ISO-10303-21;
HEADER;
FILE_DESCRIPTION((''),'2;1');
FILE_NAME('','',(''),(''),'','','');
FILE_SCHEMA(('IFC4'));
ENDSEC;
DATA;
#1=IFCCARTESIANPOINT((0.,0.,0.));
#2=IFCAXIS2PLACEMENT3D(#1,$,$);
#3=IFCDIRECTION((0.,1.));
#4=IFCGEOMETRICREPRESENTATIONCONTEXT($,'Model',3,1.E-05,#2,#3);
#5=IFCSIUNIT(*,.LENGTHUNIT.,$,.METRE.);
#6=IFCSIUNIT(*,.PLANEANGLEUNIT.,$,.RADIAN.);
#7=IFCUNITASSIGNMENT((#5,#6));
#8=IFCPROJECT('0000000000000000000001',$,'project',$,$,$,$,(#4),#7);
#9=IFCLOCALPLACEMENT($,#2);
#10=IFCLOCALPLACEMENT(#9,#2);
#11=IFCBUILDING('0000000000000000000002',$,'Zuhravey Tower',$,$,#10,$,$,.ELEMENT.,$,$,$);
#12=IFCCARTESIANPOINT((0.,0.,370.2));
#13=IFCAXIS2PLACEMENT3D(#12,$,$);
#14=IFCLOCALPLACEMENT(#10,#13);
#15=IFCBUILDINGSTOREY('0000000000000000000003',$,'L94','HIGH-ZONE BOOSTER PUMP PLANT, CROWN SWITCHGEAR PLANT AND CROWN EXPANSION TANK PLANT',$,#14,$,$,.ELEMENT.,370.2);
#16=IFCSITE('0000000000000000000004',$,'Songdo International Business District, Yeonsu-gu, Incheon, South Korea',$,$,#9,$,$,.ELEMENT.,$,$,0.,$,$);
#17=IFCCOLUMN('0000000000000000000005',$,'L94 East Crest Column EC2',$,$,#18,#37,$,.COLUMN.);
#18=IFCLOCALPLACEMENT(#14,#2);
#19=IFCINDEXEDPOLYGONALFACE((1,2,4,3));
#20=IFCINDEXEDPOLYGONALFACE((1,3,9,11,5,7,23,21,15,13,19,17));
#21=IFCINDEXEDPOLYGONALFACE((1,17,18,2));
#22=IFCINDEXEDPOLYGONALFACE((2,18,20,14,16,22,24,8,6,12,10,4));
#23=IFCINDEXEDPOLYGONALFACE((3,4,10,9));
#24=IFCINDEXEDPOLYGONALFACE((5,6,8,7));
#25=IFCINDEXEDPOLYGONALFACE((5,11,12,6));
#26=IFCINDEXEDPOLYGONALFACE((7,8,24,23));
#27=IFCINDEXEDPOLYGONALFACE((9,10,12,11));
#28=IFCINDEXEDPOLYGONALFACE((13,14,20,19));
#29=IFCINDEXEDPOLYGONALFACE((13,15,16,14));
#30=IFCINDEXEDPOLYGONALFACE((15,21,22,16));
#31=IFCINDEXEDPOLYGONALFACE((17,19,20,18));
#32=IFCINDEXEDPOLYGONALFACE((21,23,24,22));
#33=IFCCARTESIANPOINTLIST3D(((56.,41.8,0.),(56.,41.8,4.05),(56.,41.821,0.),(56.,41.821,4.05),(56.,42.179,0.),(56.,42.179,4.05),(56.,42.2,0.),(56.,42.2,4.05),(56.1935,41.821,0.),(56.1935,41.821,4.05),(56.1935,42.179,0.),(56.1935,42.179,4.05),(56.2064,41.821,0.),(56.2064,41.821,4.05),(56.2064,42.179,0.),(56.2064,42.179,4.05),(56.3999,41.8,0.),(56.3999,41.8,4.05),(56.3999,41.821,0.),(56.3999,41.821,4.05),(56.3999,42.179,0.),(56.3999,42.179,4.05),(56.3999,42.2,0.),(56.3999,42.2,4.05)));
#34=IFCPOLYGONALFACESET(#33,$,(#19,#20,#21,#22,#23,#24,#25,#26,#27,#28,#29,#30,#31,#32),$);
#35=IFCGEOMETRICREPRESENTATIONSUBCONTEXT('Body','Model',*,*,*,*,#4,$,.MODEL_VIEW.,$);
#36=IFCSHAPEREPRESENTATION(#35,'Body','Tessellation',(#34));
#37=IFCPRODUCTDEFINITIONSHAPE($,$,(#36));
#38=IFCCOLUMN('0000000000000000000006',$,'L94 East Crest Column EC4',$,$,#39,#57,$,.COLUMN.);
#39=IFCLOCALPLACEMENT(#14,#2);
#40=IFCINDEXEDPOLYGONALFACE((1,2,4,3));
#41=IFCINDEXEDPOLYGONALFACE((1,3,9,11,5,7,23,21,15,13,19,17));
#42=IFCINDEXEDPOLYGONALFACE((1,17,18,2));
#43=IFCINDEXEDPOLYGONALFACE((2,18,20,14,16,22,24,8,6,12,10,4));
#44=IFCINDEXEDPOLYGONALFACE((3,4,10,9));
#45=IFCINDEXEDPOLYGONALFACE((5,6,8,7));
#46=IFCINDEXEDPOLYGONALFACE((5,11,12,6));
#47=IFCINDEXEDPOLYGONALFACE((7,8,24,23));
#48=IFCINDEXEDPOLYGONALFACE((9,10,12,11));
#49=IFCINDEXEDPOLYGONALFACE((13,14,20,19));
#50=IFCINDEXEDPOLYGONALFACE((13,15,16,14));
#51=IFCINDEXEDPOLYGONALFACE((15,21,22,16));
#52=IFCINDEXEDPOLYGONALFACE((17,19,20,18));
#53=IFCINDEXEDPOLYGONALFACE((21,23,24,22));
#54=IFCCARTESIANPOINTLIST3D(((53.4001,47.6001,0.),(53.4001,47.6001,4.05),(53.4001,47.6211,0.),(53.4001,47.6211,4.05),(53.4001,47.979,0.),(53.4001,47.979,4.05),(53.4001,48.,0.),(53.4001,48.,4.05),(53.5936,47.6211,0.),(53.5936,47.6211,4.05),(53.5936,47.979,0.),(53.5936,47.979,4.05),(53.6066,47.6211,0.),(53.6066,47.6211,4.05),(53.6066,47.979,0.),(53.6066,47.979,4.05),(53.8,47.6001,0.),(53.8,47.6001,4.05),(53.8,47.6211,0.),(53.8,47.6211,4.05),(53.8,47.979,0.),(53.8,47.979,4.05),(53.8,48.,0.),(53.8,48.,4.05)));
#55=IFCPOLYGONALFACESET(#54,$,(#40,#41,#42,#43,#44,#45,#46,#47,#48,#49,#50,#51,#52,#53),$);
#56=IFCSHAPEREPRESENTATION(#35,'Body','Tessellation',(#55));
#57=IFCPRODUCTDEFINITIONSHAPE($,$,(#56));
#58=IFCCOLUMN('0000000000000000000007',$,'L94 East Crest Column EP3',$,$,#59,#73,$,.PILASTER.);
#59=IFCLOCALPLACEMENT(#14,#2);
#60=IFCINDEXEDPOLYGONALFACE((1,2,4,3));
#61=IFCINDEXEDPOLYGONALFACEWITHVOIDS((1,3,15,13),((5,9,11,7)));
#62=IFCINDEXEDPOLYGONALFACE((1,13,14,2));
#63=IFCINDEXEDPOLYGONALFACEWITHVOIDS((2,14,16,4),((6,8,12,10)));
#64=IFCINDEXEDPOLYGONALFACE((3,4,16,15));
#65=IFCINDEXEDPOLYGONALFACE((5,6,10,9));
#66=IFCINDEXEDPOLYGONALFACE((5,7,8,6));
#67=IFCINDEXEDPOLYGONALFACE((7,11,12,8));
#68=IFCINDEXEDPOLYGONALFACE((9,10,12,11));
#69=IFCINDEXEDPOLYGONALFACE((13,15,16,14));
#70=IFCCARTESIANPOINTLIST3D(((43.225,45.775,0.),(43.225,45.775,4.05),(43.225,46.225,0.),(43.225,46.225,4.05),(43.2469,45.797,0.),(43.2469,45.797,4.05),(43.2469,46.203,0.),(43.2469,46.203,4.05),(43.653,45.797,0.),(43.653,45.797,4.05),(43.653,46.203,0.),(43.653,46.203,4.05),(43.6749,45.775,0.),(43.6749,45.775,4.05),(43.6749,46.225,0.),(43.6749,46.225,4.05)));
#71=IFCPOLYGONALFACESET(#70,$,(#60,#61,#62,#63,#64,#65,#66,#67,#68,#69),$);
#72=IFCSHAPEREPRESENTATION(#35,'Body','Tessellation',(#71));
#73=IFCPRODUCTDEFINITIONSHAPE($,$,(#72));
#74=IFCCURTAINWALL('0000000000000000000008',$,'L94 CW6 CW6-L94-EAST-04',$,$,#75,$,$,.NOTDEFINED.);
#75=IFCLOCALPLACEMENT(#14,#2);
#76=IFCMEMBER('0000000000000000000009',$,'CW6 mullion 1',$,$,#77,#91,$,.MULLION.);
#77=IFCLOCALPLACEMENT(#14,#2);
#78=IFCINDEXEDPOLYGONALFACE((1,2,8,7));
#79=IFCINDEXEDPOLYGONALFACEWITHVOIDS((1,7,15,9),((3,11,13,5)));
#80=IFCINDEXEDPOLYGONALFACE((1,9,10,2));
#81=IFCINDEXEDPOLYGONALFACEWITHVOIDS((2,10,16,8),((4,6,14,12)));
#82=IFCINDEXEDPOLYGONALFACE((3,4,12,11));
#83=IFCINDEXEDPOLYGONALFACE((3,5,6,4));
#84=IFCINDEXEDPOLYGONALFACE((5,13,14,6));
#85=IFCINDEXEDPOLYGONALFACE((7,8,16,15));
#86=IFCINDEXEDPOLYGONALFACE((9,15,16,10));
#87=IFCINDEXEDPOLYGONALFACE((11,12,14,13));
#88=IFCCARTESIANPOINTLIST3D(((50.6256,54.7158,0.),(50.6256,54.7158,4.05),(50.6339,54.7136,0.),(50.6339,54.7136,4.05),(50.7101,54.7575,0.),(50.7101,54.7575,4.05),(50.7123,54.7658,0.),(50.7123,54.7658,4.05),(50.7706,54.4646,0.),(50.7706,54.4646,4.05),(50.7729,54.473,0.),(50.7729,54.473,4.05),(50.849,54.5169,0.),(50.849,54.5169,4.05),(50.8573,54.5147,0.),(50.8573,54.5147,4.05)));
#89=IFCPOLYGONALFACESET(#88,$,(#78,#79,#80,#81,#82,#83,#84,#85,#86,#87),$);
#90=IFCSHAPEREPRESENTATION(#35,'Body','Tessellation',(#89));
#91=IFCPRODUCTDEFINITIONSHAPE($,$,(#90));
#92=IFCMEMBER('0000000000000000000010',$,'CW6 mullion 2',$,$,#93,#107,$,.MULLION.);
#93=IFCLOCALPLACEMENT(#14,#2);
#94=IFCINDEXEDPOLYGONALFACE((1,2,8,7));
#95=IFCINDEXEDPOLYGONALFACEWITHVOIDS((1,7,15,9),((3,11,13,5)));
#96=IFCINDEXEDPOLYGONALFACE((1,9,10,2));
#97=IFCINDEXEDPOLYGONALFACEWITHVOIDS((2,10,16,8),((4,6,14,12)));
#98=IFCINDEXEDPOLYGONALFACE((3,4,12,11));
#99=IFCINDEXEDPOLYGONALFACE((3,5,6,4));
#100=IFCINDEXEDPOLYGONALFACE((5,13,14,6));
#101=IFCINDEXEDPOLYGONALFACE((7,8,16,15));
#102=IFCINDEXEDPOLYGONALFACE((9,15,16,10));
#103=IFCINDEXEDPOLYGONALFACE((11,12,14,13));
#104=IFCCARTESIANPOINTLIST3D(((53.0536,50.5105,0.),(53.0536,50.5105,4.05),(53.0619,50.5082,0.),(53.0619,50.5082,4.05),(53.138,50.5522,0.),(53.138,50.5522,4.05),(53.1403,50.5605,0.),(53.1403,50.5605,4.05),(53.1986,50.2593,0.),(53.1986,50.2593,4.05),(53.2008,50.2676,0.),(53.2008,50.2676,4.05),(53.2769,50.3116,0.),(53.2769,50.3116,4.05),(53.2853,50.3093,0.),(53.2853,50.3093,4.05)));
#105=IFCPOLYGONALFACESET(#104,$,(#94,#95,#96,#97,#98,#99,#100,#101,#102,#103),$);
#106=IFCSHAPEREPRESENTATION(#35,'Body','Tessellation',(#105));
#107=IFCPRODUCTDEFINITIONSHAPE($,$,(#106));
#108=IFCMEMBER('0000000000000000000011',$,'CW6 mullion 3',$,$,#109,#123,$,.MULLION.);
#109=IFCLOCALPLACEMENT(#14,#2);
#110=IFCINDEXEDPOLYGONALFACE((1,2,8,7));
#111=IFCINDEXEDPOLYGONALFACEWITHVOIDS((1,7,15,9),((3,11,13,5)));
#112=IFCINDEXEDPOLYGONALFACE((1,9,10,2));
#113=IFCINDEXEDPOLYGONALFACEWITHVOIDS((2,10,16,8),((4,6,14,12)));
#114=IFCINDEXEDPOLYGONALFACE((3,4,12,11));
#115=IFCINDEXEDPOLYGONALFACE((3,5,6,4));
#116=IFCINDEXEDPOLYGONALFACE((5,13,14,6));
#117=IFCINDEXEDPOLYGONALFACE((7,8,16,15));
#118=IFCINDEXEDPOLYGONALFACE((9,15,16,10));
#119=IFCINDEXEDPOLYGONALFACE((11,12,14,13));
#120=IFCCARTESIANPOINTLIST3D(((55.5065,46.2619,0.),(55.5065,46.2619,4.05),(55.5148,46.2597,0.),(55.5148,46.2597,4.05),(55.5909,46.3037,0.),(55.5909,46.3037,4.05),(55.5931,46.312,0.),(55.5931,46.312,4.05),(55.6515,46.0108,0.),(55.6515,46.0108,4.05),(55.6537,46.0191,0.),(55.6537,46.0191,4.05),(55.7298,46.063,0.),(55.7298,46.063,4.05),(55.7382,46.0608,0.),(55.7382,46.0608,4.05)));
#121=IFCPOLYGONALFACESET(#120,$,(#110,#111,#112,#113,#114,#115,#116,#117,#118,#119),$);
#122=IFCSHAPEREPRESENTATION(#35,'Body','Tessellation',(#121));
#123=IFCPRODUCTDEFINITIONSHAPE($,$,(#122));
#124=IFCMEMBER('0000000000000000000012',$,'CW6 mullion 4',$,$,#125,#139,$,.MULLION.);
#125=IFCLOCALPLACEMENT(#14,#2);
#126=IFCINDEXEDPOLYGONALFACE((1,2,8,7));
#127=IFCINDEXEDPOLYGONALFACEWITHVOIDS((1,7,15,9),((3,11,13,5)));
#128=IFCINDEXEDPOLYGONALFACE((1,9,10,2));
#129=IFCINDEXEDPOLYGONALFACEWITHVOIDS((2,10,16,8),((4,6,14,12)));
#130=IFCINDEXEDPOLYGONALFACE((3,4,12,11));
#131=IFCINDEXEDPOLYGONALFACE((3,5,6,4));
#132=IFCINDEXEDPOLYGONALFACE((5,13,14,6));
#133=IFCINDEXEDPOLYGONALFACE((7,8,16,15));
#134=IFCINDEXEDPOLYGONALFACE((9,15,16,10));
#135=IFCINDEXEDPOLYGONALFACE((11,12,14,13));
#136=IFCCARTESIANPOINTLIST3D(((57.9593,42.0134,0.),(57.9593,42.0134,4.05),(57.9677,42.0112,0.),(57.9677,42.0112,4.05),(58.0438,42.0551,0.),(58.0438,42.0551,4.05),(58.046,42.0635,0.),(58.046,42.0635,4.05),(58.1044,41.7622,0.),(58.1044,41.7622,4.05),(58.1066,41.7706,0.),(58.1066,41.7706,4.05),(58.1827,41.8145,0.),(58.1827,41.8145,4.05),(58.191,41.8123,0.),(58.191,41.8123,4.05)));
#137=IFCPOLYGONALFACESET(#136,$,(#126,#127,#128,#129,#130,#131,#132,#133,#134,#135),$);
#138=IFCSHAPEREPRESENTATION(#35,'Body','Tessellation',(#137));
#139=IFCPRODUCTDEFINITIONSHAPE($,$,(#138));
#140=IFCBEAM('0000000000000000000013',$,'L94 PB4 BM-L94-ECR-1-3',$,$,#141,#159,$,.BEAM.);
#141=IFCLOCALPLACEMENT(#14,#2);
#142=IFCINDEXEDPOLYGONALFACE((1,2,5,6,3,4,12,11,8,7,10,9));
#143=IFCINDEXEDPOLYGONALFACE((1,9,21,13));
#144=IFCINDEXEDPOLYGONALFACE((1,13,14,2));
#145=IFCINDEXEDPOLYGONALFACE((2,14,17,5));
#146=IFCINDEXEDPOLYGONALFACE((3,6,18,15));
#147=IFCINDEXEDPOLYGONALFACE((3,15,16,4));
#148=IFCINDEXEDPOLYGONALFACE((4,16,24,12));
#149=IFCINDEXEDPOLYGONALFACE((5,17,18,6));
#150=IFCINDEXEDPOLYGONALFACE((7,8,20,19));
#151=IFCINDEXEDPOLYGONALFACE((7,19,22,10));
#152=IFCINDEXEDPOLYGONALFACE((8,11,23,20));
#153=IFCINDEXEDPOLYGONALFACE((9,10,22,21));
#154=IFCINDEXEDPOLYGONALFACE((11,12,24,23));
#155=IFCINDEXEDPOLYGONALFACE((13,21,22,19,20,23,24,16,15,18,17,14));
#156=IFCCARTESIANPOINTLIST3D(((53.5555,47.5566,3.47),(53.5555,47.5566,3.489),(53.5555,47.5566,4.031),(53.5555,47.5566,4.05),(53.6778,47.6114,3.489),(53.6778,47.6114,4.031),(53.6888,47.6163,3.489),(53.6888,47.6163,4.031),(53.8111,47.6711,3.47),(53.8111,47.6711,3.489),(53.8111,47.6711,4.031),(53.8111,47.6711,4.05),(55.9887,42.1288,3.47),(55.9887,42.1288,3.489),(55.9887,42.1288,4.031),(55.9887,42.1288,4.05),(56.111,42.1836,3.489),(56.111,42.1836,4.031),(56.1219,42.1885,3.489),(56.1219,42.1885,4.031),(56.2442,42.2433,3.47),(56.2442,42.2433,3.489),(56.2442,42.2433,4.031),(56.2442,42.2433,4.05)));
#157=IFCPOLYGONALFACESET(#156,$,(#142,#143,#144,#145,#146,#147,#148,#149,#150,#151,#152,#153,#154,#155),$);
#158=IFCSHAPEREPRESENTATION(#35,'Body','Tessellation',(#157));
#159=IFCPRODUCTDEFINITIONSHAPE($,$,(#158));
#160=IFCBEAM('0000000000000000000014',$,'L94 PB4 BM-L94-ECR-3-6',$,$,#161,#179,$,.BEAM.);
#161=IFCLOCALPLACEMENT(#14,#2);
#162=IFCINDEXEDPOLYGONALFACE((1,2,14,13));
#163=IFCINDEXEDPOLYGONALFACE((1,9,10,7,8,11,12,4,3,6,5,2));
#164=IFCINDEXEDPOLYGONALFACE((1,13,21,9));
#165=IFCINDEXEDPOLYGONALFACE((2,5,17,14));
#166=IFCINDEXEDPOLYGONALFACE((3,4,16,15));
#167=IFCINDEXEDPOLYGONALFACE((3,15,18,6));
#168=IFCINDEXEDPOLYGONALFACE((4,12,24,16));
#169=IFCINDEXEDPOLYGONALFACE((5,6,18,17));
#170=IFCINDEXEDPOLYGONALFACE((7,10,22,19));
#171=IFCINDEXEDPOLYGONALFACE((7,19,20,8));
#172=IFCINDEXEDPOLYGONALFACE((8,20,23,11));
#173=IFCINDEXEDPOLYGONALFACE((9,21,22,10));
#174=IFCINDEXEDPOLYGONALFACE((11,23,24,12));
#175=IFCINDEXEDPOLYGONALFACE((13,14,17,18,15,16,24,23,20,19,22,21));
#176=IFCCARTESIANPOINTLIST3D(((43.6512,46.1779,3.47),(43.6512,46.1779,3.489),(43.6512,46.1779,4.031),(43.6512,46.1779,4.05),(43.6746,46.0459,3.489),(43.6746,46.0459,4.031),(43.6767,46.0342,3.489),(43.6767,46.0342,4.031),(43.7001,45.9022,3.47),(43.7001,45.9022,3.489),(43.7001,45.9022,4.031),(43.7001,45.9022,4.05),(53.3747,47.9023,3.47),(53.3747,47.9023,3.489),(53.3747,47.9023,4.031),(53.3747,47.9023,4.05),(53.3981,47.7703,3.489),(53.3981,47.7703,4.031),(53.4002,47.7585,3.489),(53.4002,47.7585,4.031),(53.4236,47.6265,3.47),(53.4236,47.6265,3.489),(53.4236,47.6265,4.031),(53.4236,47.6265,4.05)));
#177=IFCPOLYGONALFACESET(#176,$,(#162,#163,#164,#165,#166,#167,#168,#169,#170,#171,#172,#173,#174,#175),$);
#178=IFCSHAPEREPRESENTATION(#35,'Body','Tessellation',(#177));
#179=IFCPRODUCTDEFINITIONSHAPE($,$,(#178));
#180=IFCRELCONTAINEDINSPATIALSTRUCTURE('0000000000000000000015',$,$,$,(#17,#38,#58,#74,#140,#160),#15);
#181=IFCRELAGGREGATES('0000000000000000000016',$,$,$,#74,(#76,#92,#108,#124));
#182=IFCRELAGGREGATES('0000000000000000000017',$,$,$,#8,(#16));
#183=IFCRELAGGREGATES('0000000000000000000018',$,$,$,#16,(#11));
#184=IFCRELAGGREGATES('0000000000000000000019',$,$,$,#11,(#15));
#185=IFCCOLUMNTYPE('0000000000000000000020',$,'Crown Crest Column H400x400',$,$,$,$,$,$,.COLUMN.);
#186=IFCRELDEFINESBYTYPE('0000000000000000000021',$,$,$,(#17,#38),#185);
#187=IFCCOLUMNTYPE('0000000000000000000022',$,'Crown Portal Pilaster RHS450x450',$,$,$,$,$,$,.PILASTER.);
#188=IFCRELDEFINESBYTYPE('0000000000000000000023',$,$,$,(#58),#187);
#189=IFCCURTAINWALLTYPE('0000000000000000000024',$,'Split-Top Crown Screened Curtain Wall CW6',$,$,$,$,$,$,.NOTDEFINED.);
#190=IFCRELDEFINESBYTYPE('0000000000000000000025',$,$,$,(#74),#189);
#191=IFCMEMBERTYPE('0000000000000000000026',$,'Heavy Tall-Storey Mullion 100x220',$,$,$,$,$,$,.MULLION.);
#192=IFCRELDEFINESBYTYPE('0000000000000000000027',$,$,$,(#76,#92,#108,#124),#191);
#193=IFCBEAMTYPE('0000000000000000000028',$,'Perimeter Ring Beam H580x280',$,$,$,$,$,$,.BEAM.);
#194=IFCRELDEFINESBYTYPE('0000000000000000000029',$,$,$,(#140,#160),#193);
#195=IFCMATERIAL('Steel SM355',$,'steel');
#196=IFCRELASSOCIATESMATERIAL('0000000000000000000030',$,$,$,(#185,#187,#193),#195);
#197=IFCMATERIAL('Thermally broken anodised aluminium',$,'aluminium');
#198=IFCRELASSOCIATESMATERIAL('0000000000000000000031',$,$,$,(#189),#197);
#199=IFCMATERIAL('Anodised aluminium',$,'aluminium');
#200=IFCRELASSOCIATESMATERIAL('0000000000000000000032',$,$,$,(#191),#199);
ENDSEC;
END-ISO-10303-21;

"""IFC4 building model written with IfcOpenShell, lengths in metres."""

from ifc_helpers import new_model, si_unit, direction, frame, origin, origin_2d, place, context, subcontext, project, spatial, hollow_rectangle, i_section, extrude, material, material_profile, profile_set, type_object, element, aggregate, save


model = new_model("IFC4")

# Units and contexts
model_context = context("Model", 3, precision=1e-05, world=origin(), true_north=direction((0.0, 1.0)))
body_context = subcontext(model_context, "Body", "Model", "MODEL_VIEW")
ifc_project = project(units=[si_unit("LENGTHUNIT", "METRE"), si_unit("PLANEANGLEUNIT", "RADIAN")], contexts=[model_context])

# Site, building, storey
site_placement = place(None, origin())
site = spatial("IfcSite", under=ifc_project, at=site_placement, Name="Songdo International Business District, Yeonsu-gu, Incheon, South Korea", CompositionType="ELEMENT", RefElevation=0.0)
building_placement = place(site_placement, origin())
building = spatial("IfcBuilding", under=site, at=building_placement, Name="Zuhravey Tower", CompositionType="ELEMENT")
storey_placement = place(building_placement, frame((0.0, 0.0, 370.2)))
storey = spatial("IfcBuildingStorey", under=building, at=storey_placement, Name="L94", Description="HIGH-ZONE BOOSTER PUMP PLANT, CROWN SWITCHGEAR PLANT AND CROWN EXPANSION TANK PLANT", CompositionType="ELEMENT", Elevation=370.2)

# Columns
ifc_material_1 = material(Name="Steel SM355", Category="steel")
ifc_material_profile_1 = material_profile(ifc_material_1, i_section(OverallWidth=0.3999, OverallDepth=0.3999, WebThickness=0.0129, FlangeThickness=0.021, at=origin_2d()), Name="H-400x400x13x21")
ifc_profile_set_1 = profile_set([ifc_material_profile_1], Name="Steel SM355")
column_type_1 = type_object("IfcColumnType", Name="Crown Crest Column H400x400", PredefinedType="COLUMN", material=ifc_profile_set_1)
for number, where, z_axis, x_axis, name in (
    (1, (56.2, 42.0, 0.0), (0.0, 0.0, 1.0), (1.0, 0.0, 0.0), "L94 East Crest Column EC2"),
    (2, (53.6001, 47.8, 0.0), (0.0, 0.0, 1.0), (1.0, 0.0, 0.0), "L94 East Crest Column EC4"),
):
    element("IfcColumn", number, at=place(storey_placement, frame(where, z_axis=z_axis, x_axis=x_axis)), inside=storey, type_object=column_type_1, Name=name, PredefinedType="COLUMN", context=body_context, shape_type="SweptSolid", body=[
        extrude(i_section(OverallWidth=0.3999, OverallDepth=0.3999, WebThickness=0.0129, FlangeThickness=0.021, at=origin_2d()), origin(), (0.0, 0.0, 1.0), 4.05),
    ])
ifc_material_profile_2 = material_profile(ifc_material_1, hollow_rectangle(XDim=0.45, YDim=0.45, WallThickness=0.022, at=origin_2d()), Name="RHS-450x450x22")
ifc_profile_set_2 = profile_set([ifc_material_profile_2], Name="Steel SM355")
column_type_2 = type_object("IfcColumnType", Name="Crown Portal Pilaster RHS450x450", PredefinedType="PILASTER", material=ifc_profile_set_2)
column_placement = place(storey_placement, frame((43.45, 46.0, 0.0), z_axis=(0.0, 0.0, 1.0), x_axis=(1.0, 0.0, 0.0)))
element("IfcColumn", 3, at=column_placement, inside=storey, type_object=column_type_2, Name="L94 East Crest Column EP3", PredefinedType="PILASTER", context=body_context, shape_type="SweptSolid", body=[
    extrude(hollow_rectangle(XDim=0.45, YDim=0.45, WallThickness=0.022, at=origin_2d()), origin(), (0.0, 0.0, 1.0), 4.05),
])

# Curtain wall, members
ifc_material_2 = material(Name="Thermally broken anodised aluminium", Category="aluminium")
curtain_wall_type = type_object("IfcCurtainWallType", Name="Split-Top Crown Screened Curtain Wall CW6", PredefinedType="NOTDEFINED", material=ifc_material_2)
curtain_wall_placement = place(storey_placement, origin())
curtain_wall = element("IfcCurtainWall", 4, at=curtain_wall_placement, inside=storey, type_object=curtain_wall_type, Name="L94 CW6 CW6-L94-EAST-04", PredefinedType="NOTDEFINED")
ifc_material_3 = material(Name="Anodised aluminium", Category="aluminium")
ifc_material_profile_3 = material_profile(ifc_material_3, hollow_rectangle(XDim=0.1001, YDim=0.29, WallThickness=0.0061, at=origin_2d()), Name="ALU-RHS-100x290x6")
ifc_profile_set_3 = profile_set([ifc_material_profile_3], Name="Anodised aluminium")
member_type_1 = type_object("IfcMemberType", Name="Heavy Tall-Storey Mullion 100x220", PredefinedType="MULLION", material=ifc_profile_set_3)
member_1_placement = place(storey_placement, frame((50.7415, 54.6152, 0.0), z_axis=(0.0, 0.0, 1.0), x_axis=(0.866027, 0.499997, 0.0)))
member_1 = element("IfcMember", 5, at=member_1_placement, type_object=member_type_1, Name="CW6 mullion 1", PredefinedType="MULLION", context=body_context, shape_type="SweptSolid", body=[
    extrude(hollow_rectangle(XDim=0.1001, YDim=0.29, WallThickness=0.0061, at=origin_2d()), origin(), (0.0, 0.0, 1.0), 4.05),
])
member_2_placement = place(storey_placement, frame((53.1694, 50.4099, 0.0), z_axis=(0.0, 0.0, 1.0), x_axis=(0.866027, 0.499997, 0.0)))
member_2 = element("IfcMember", 6, at=member_2_placement, type_object=member_type_1, Name="CW6 mullion 2", PredefinedType="MULLION", context=body_context, shape_type="SweptSolid", body=[
    extrude(hollow_rectangle(XDim=0.1001, YDim=0.29, WallThickness=0.0061, at=origin_2d()), origin(), (0.0, 0.0, 1.0), 4.05),
])
member_3_placement = place(storey_placement, frame((55.6223, 46.1614, 0.0), z_axis=(0.0, 0.0, 1.0), x_axis=(0.866027, 0.499997, 0.0)))
member_3 = element("IfcMember", 7, at=member_3_placement, type_object=member_type_1, Name="CW6 mullion 3", PredefinedType="MULLION", context=body_context, shape_type="SweptSolid", body=[
    extrude(hollow_rectangle(XDim=0.1001, YDim=0.29, WallThickness=0.0061, at=origin_2d()), origin(), (0.0, 0.0, 1.0), 4.05),
])
member_4_placement = place(storey_placement, frame((58.0752, 41.9128, 0.0), z_axis=(0.0, 0.0, 1.0), x_axis=(0.866027, 0.499997, 0.0)))
member_4 = element("IfcMember", 8, at=member_4_placement, type_object=member_type_1, Name="CW6 mullion 4", PredefinedType="MULLION", context=body_context, shape_type="SweptSolid", body=[
    extrude(hollow_rectangle(XDim=0.1001, YDim=0.29, WallThickness=0.0061, at=origin_2d()), origin(), (0.0, 0.0, 1.0), 4.05),
])

# Beams
ifc_material_profile_4 = material_profile(ifc_material_1, i_section(OverallWidth=0.28, OverallDepth=0.5801, WebThickness=0.012, FlangeThickness=0.019, at=origin_2d()), Name="H-580x280x12x19")
ifc_profile_set_4 = profile_set([ifc_material_profile_4], Name="Steel SM355")
beam_type = type_object("IfcBeamType", Name="Perimeter Ring Beam H580x280", PredefinedType="BEAM", material=ifc_profile_set_4)
beam_1_placement = place(storey_placement, frame((56.1165, 42.186, 3.76), z_axis=(-0.409054, 0.91251, 0.0), x_axis=(-0.91251, -0.409054, 0.0)))
element("IfcBeam", 9, at=beam_1_placement, inside=storey, type_object=beam_type, Name="L94 PB4 BM-L94-ECR-1-3", PredefinedType="BEAM", context=body_context, shape_type="SweptSolid", body=[
    extrude(i_section(OverallWidth=0.28, OverallDepth=0.5801, WebThickness=0.012, FlangeThickness=0.019, at=origin_2d()), origin(), (0.0, 0.0, 1.0), 5.9482),
])
beam_2_placement = place(storey_placement, frame((53.3992, 47.7644, 3.76), z_axis=(-0.984637, -0.174613, 0.0), x_axis=(0.174613, -0.984637, 0.0)))
element("IfcBeam", 10, at=beam_2_placement, inside=storey, type_object=beam_type, Name="L94 PB4 BM-L94-ECR-3-6", PredefinedType="BEAM", context=body_context, shape_type="SweptSolid", body=[
    extrude(i_section(OverallWidth=0.28, OverallDepth=0.5801, WebThickness=0.012, FlangeThickness=0.019, at=origin_2d()), origin(), (0.0, 0.0, 1.0), 9.8752),
])

aggregate(curtain_wall, [member_1, member_2, member_3, member_4])

save(model, "model.ifc")
